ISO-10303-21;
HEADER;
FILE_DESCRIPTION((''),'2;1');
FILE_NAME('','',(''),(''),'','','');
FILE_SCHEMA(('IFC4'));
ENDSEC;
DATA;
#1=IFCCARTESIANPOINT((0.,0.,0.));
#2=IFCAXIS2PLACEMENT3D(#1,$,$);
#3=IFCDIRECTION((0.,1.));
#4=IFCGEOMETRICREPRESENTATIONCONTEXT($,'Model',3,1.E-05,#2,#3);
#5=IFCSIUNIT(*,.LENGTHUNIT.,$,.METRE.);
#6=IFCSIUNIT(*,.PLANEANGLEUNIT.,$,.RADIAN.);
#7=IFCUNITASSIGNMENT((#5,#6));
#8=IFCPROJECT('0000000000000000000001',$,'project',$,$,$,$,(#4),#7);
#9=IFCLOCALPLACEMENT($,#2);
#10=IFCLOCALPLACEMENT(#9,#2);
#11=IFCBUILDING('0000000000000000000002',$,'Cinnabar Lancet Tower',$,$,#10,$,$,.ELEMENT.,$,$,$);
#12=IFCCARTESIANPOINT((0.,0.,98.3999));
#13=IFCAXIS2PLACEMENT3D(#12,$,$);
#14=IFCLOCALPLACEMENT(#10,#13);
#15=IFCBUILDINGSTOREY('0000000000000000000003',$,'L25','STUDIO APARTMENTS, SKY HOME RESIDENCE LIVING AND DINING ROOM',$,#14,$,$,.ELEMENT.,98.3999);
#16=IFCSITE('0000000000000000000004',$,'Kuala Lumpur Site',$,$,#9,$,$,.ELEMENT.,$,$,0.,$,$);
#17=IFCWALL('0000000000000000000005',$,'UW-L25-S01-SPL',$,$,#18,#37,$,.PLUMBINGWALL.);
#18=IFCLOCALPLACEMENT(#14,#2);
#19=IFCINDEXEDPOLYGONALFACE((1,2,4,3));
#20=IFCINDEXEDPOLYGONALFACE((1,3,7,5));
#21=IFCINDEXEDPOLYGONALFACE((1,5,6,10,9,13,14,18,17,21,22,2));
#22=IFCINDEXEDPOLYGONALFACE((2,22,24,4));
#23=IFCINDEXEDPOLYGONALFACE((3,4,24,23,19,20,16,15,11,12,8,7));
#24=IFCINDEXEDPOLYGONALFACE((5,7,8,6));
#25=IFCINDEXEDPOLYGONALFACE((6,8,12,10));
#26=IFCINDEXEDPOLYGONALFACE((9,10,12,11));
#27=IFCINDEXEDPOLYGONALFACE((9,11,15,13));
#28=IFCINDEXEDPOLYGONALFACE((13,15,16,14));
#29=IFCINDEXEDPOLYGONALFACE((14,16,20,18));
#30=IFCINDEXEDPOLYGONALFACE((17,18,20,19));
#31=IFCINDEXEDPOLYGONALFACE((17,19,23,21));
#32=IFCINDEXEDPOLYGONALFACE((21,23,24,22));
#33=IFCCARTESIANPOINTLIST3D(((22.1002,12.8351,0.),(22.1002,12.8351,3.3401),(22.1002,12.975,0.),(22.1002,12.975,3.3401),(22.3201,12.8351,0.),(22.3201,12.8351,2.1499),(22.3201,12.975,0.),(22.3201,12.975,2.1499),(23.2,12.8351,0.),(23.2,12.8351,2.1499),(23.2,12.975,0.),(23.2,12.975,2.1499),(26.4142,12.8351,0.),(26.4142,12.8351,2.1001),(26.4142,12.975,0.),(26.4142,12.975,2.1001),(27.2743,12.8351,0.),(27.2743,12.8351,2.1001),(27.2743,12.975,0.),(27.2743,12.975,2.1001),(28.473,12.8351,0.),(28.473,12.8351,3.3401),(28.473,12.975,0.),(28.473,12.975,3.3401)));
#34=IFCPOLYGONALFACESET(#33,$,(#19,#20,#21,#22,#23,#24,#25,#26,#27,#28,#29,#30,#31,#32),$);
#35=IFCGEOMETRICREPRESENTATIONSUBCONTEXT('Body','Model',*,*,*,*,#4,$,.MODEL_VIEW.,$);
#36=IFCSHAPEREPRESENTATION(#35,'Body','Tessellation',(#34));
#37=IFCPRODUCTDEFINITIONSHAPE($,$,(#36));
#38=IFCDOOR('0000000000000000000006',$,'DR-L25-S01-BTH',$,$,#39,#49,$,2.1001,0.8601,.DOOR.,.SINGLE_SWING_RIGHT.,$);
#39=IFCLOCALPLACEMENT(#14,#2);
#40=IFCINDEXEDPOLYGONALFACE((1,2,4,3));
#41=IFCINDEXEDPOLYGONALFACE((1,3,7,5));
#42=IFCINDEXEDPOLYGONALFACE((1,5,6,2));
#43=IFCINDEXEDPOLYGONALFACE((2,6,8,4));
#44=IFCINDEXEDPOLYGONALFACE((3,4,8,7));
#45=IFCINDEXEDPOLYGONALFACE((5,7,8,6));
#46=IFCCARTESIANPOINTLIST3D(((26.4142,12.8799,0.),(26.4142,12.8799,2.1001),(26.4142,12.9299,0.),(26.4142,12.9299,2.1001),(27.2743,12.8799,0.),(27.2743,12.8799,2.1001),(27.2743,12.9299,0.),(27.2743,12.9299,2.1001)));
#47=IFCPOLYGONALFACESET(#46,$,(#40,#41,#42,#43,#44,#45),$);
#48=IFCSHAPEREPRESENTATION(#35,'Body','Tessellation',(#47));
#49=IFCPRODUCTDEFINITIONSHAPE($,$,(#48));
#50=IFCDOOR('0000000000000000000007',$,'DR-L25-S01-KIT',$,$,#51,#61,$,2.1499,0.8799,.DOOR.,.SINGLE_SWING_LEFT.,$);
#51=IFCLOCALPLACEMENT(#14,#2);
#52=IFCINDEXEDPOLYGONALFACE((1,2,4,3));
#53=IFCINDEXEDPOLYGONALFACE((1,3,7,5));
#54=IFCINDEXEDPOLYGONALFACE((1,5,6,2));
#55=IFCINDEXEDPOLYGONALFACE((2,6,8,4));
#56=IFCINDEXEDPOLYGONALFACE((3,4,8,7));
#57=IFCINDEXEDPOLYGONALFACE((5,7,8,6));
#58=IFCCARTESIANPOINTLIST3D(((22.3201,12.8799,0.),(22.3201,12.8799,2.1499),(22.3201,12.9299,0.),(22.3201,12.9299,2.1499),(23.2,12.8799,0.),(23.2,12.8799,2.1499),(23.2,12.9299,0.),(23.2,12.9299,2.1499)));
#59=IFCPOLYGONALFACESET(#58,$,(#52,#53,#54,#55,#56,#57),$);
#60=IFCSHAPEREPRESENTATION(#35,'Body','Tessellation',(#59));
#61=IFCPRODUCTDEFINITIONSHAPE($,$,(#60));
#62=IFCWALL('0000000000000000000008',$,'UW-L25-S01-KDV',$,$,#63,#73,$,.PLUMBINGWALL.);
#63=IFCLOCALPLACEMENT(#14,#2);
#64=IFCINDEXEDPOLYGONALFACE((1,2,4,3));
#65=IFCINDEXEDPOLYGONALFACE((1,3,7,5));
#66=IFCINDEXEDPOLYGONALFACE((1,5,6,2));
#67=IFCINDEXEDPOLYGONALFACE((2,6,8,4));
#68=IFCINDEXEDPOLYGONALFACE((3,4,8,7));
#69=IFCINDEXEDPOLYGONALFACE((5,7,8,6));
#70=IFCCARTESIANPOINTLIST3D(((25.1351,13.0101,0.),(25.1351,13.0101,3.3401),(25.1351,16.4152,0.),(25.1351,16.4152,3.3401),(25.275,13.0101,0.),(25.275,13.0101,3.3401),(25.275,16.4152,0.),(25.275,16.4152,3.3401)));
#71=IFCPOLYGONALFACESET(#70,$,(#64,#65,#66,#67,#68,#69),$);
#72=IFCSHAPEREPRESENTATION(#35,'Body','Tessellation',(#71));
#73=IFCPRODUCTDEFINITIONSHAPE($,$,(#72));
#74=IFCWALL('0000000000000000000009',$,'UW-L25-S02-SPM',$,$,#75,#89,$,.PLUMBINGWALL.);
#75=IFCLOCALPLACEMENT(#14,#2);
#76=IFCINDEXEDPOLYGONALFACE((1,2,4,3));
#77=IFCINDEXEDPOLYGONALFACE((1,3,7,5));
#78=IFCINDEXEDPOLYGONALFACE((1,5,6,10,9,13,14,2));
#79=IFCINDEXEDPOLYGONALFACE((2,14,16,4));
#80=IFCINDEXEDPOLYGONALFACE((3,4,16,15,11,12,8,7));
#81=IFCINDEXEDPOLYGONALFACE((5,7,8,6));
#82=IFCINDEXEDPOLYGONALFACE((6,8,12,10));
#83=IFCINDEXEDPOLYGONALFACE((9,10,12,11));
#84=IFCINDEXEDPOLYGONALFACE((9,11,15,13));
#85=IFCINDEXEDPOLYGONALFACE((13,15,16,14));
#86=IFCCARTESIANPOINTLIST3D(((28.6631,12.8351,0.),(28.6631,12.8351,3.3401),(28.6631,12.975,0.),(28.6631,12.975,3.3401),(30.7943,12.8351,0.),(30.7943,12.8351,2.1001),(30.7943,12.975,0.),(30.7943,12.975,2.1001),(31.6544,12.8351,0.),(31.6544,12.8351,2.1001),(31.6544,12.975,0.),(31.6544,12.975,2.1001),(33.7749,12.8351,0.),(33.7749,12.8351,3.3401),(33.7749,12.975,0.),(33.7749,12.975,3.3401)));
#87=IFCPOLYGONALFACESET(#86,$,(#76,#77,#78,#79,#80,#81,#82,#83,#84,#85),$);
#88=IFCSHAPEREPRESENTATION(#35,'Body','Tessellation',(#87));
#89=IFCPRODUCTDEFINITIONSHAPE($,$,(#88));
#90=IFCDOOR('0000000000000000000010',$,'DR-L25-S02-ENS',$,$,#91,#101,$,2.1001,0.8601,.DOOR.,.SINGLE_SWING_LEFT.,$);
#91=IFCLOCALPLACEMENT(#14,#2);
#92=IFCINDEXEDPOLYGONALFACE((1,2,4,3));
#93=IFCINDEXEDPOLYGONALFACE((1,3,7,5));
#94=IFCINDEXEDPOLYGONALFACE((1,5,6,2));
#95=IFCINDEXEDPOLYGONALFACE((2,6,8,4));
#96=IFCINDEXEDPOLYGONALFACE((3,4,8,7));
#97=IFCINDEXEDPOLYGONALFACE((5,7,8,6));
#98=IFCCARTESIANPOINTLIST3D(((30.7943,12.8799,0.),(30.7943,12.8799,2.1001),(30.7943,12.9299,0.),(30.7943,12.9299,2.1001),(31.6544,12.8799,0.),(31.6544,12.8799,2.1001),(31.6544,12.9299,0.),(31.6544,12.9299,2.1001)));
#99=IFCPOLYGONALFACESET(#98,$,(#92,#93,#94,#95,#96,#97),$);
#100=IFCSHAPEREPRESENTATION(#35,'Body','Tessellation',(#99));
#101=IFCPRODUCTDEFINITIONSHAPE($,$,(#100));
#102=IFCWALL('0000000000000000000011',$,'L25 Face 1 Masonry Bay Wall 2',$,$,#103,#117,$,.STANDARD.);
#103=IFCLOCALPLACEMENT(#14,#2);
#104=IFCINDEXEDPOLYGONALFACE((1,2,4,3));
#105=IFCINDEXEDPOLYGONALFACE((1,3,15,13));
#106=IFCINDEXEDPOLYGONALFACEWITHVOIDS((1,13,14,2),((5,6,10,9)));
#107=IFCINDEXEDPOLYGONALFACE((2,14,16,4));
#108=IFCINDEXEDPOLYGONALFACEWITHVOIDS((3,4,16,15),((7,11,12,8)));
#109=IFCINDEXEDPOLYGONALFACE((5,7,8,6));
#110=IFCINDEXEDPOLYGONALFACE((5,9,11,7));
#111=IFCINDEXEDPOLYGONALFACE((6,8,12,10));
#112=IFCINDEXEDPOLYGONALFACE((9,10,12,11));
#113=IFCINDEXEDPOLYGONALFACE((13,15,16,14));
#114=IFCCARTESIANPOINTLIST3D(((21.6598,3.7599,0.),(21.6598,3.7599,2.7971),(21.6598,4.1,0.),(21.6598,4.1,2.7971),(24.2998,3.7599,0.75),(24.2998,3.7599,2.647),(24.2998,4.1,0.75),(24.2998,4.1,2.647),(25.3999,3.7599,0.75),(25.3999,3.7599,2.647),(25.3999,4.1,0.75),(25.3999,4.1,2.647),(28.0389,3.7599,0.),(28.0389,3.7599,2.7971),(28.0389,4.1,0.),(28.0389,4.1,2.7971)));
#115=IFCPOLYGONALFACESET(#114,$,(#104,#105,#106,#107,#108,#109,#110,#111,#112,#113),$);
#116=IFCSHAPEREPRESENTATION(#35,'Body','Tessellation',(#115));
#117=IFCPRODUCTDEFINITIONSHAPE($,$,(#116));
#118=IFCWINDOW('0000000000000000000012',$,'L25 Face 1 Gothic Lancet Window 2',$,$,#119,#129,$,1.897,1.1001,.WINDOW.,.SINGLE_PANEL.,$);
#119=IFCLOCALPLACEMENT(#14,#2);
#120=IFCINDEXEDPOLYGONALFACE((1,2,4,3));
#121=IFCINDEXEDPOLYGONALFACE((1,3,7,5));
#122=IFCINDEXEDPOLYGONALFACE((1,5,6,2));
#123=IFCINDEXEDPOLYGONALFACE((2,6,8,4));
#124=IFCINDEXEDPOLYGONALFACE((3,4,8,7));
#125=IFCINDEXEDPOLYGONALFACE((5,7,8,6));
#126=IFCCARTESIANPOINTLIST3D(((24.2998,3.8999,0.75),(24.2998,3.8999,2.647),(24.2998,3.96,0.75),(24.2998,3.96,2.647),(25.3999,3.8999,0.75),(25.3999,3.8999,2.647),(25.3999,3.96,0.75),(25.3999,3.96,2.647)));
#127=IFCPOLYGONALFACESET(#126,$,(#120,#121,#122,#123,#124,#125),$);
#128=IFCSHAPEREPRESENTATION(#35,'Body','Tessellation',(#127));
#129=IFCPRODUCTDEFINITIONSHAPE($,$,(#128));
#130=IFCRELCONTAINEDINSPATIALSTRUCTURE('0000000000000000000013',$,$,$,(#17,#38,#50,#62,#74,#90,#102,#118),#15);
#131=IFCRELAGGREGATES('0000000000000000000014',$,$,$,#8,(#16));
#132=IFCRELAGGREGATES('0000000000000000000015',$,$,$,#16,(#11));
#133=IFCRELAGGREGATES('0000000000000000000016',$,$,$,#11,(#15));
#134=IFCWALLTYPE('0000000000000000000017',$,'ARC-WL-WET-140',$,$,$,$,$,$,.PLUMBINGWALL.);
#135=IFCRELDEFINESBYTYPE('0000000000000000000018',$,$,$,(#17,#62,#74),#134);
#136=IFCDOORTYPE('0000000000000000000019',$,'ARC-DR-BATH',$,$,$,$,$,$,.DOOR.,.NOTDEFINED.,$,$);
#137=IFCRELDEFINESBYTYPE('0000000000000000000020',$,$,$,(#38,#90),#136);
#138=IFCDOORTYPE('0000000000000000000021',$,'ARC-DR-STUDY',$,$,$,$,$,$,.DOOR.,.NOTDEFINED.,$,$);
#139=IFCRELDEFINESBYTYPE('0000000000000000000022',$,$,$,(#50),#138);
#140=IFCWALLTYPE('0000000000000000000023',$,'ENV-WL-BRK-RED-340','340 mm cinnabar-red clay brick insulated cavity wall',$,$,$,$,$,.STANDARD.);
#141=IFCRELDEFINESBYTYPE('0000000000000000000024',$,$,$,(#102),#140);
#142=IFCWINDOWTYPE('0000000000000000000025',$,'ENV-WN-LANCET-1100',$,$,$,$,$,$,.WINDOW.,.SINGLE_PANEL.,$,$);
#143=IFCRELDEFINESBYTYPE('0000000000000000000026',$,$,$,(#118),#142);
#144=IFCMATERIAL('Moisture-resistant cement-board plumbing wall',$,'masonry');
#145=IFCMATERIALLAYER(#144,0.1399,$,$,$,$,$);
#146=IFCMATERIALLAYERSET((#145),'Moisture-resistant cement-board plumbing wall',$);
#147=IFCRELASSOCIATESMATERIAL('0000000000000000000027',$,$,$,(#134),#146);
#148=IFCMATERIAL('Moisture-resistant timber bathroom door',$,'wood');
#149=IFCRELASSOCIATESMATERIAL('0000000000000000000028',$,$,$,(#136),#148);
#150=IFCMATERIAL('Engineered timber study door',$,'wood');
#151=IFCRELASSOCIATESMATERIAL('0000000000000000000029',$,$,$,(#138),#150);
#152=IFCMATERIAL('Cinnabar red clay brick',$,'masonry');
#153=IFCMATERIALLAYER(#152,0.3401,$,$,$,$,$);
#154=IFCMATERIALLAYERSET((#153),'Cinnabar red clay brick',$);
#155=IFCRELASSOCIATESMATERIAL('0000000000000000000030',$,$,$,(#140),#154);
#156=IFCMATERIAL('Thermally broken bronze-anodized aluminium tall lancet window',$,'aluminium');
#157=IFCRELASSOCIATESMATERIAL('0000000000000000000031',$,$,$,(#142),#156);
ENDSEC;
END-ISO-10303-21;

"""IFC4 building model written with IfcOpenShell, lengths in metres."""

from ifc_helpers import new_model, si_unit, direction, frame, frame_2d, origin, place, context, subcontext, project, spatial, rectangle, extrude, material, layer, layer_set, type_object, element, fill, save


model = new_model("IFC4")

# Units and contexts
model_context = context("Model", 3, precision=1e-05, world=origin(), true_north=direction((0.0, 1.0)))
body_context = subcontext(model_context, "Body", "Model", "MODEL_VIEW")
ifc_project = project(units=[si_unit("LENGTHUNIT", "METRE"), si_unit("PLANEANGLEUNIT", "RADIAN")], contexts=[model_context])

# Site, building, storey
site_placement = place(None, origin())
site = spatial("IfcSite", under=ifc_project, at=site_placement, Name="Kuala Lumpur Site", CompositionType="ELEMENT", RefElevation=0.0)
building_placement = place(site_placement, origin())
building = spatial("IfcBuilding", under=site, at=building_placement, Name="Cinnabar Lancet Tower", CompositionType="ELEMENT")
storey_placement = place(building_placement, frame((0.0, 0.0, 98.3999)))
storey = spatial("IfcBuildingStorey", under=building, at=storey_placement, Name="L25", Description="STUDIO APARTMENTS, SKY HOME RESIDENCE LIVING AND DINING ROOM", CompositionType="ELEMENT", Elevation=98.3999)

# Wall, openings, doors
ifc_material_1 = material(Name="Moisture-resistant cement-board plumbing wall", Category="masonry")
ifc_layer_1 = layer(ifc_material_1, 0.1399)
ifc_layer_set_1 = layer_set([ifc_layer_1], Name="Moisture-resistant cement-board plumbing wall")
wall_type_1 = type_object("IfcWallType", Name="ARC-WL-WET-140", PredefinedType="PLUMBINGWALL", material=ifc_layer_set_1)
wall_1_placement = place(storey_placement, frame((22.1001, 12.905, 0.0), z_axis=(0.0, 0.0, 1.0), x_axis=(1.0, 0.0, 0.0)))
wall_1 = element("IfcWall", 1, at=wall_1_placement, inside=storey, type_object=wall_type_1, Name="UW-L25-S01-SPL", PredefinedType="PLUMBINGWALL", context=body_context, shape_type="SweptSolid", body=[
    extrude(rectangle(XDim=6.3728, YDim=0.1399, at=frame_2d((3.1865, 0.0))), origin(), (0.0, 0.0, 1.0), 3.3401),
])
opening_1_placement = place(wall_1_placement, frame((4.314, 0.0, 0.0)))
opening_1 = element("IfcOpeningElement", 2, at=opening_1_placement, cuts=wall_1, PredefinedType="OPENING", context=body_context, shape_type="SweptSolid", body=[
    extrude(rectangle(XDim=0.8601, YDim=2.1001, at=frame_2d((0.4302, 1.05))), frame((0.0, 0.0798, 0.0), z_axis=(0.0, -1.0, 0.0), x_axis=(1.0, 0.0, 0.0)), (0.0, 0.0, 1.0), 0.1599),
])
opening_2_placement = place(wall_1_placement, frame((0.22, 0.0, 0.0)))
opening_2 = element("IfcOpeningElement", 3, at=opening_2_placement, cuts=wall_1, PredefinedType="OPENING", context=body_context, shape_type="SweptSolid", body=[
    extrude(rectangle(XDim=0.8799, YDim=2.1499, at=frame_2d((0.4399, 1.075))), frame((0.0, 0.0798, 0.0), z_axis=(0.0, -1.0, 0.0), x_axis=(1.0, 0.0, 0.0)), (0.0, 0.0, 1.0), 0.1599),
])
ifc_material_2 = material(Name="Moisture-resistant timber bathroom door", Category="wood")
door_type_1 = type_object("IfcDoorType", Name="ARC-DR-BATH", OperationType="NOTDEFINED", PredefinedType="DOOR", material=ifc_material_2)
door_1_placement = place(opening_1_placement, origin())
door_1 = element("IfcDoor", 4, at=door_1_placement, inside=storey, type_object=door_type_1, Name="DR-L25-S01-BTH", OperationType="SINGLE_SWING_RIGHT", OverallHeight=2.1001, OverallWidth=0.8601, PredefinedType="DOOR", context=body_context, shape_type="SweptSolid", body=[
    extrude(rectangle(XDim=0.8601, YDim=2.1001, at=frame_2d((0.4302, 1.05))), frame((0.0, 0.0249, 0.0), z_axis=(0.0, -1.0, 0.0), x_axis=(1.0, 0.0, 0.0)), (0.0, 0.0, 1.0), 0.05),
])
fill(opening_1, door_1)
ifc_material_3 = material(Name="Engineered timber study door", Category="wood")
door_type_2 = type_object("IfcDoorType", Name="ARC-DR-STUDY", OperationType="NOTDEFINED", PredefinedType="DOOR", material=ifc_material_3)
door_2_placement = place(opening_2_placement, origin())
door_2 = element("IfcDoor", 5, at=door_2_placement, inside=storey, type_object=door_type_2, Name="DR-L25-S01-KIT", OperationType="SINGLE_SWING_LEFT", OverallHeight=2.1499, OverallWidth=0.8799, PredefinedType="DOOR", context=body_context, shape_type="SweptSolid", body=[
    extrude(rectangle(XDim=0.8799, YDim=2.1499, at=frame_2d((0.4399, 1.075))), frame((0.0, 0.0249, 0.0), z_axis=(0.0, -1.0, 0.0), x_axis=(1.0, 0.0, 0.0)), (0.0, 0.0, 1.0), 0.05),
])
fill(opening_2, door_2)

# Wall
wall_2_placement = place(storey_placement, frame((25.2051, 13.01, 0.0), z_axis=(0.0, 0.0, 1.0), x_axis=(0.0, 1.0, 0.0)))
element("IfcWall", 6, at=wall_2_placement, inside=storey, type_object=wall_type_1, Name="UW-L25-S01-KDV", PredefinedType="PLUMBINGWALL", context=body_context, shape_type="SweptSolid", body=[
    extrude(rectangle(XDim=3.405, YDim=0.1399, at=frame_2d((1.7026, 0.0))), origin(), (0.0, 0.0, 1.0), 3.3401),
])

# Wall, opening, door
wall_3_placement = place(storey_placement, frame((28.6631, 12.905, 0.0), z_axis=(0.0, 0.0, 1.0), x_axis=(1.0, 0.0, 0.0)))
wall_3 = element("IfcWall", 7, at=wall_3_placement, inside=storey, type_object=wall_type_1, Name="UW-L25-S02-SPM", PredefinedType="PLUMBINGWALL", context=body_context, shape_type="SweptSolid", body=[
    extrude(rectangle(XDim=5.1118, YDim=0.1399, at=frame_2d((2.5559, 0.0))), origin(), (0.0, 0.0, 1.0), 3.3401),
])
opening_3_placement = place(wall_3_placement, frame((2.1311, 0.0, 0.0)))
opening_3 = element("IfcOpeningElement", 8, at=opening_3_placement, cuts=wall_3, PredefinedType="OPENING", context=body_context, shape_type="SweptSolid", body=[
    extrude(rectangle(XDim=0.8601, YDim=2.1001, at=frame_2d((0.4302, 1.05))), frame((0.0, 0.0798, 0.0), z_axis=(0.0, -1.0, 0.0), x_axis=(1.0, 0.0, 0.0)), (0.0, 0.0, 1.0), 0.1599),
])
door_3_placement = place(opening_3_placement, origin())
door_3 = element("IfcDoor", 9, at=door_3_placement, inside=storey, type_object=door_type_1, Name="DR-L25-S02-ENS", OperationType="SINGLE_SWING_LEFT", OverallHeight=2.1001, OverallWidth=0.8601, PredefinedType="DOOR", context=body_context, shape_type="SweptSolid", body=[
    extrude(rectangle(XDim=0.8601, YDim=2.1001, at=frame_2d((0.4302, 1.05))), frame((0.0, 0.0249, 0.0), z_axis=(0.0, -1.0, 0.0), x_axis=(1.0, 0.0, 0.0)), (0.0, 0.0, 1.0), 0.05),
])
fill(opening_3, door_3)

# Wall, opening, window
ifc_material_4 = material(Name="Cinnabar red clay brick", Category="masonry")
ifc_layer_2 = layer(ifc_material_4, 0.3401)
ifc_layer_set_2 = layer_set([ifc_layer_2], Name="Cinnabar red clay brick")
wall_type_2 = type_object("IfcWallType", Name="ENV-WL-BRK-RED-340", Description="340 mm cinnabar-red clay brick insulated cavity wall", PredefinedType="STANDARD", material=ifc_layer_set_2)
wall_4_placement = place(storey_placement, frame((21.6599, 3.9299, 0.0), z_axis=(0.0, 0.0, 1.0), x_axis=(1.0, 0.0, 0.0)))
wall_4 = element("IfcWall", 10, at=wall_4_placement, inside=storey, type_object=wall_type_2, Name="L25 Face 1 Masonry Bay Wall 2", PredefinedType="STANDARD", context=body_context, shape_type="SweptSolid", body=[
    extrude(rectangle(XDim=6.3792, YDim=0.3401, at=frame_2d((3.1895, 0.0))), origin(), (0.0, 0.0, 1.0), 2.7971),
])
opening_4_placement = place(wall_4_placement, frame((2.6399, 0.0, 0.75)))
opening_4 = element("IfcOpeningElement", 11, at=opening_4_placement, cuts=wall_4, PredefinedType="OPENING", context=body_context, shape_type="SweptSolid", body=[
    extrude(rectangle(XDim=1.1001, YDim=1.897, at=frame_2d((0.55, 0.9485))), frame((0.0, 0.1799, 0.0), z_axis=(0.0, -1.0, 0.0), x_axis=(1.0, 0.0, 0.0)), (0.0, 0.0, 1.0), 0.3601),
])
ifc_material_5 = material(Name="Thermally broken bronze-anodized aluminium tall lancet window", Category="aluminium")
window_type = type_object("IfcWindowType", Name="ENV-WN-LANCET-1100", PartitioningType="SINGLE_PANEL", PredefinedType="WINDOW", material=ifc_material_5)
window_1_placement = place(opening_4_placement, origin())
window_1 = element("IfcWindow", 12, at=window_1_placement, inside=storey, type_object=window_type, Name="L25 Face 1 Gothic Lancet Window 2", OverallHeight=1.897, OverallWidth=1.1001, PartitioningType="SINGLE_PANEL", PredefinedType="WINDOW", context=body_context, shape_type="SweptSolid", body=[
    extrude(rectangle(XDim=1.1001, YDim=1.897, at=frame_2d((0.55, 0.9485))), frame((0.0, 0.03, 0.0), z_axis=(0.0, -1.0, 0.0), x_axis=(1.0, 0.0, 0.0)), (0.0, 0.0, 1.0), 0.0601),
])
fill(opening_4, window_1)

save(model, "model.ifc")
